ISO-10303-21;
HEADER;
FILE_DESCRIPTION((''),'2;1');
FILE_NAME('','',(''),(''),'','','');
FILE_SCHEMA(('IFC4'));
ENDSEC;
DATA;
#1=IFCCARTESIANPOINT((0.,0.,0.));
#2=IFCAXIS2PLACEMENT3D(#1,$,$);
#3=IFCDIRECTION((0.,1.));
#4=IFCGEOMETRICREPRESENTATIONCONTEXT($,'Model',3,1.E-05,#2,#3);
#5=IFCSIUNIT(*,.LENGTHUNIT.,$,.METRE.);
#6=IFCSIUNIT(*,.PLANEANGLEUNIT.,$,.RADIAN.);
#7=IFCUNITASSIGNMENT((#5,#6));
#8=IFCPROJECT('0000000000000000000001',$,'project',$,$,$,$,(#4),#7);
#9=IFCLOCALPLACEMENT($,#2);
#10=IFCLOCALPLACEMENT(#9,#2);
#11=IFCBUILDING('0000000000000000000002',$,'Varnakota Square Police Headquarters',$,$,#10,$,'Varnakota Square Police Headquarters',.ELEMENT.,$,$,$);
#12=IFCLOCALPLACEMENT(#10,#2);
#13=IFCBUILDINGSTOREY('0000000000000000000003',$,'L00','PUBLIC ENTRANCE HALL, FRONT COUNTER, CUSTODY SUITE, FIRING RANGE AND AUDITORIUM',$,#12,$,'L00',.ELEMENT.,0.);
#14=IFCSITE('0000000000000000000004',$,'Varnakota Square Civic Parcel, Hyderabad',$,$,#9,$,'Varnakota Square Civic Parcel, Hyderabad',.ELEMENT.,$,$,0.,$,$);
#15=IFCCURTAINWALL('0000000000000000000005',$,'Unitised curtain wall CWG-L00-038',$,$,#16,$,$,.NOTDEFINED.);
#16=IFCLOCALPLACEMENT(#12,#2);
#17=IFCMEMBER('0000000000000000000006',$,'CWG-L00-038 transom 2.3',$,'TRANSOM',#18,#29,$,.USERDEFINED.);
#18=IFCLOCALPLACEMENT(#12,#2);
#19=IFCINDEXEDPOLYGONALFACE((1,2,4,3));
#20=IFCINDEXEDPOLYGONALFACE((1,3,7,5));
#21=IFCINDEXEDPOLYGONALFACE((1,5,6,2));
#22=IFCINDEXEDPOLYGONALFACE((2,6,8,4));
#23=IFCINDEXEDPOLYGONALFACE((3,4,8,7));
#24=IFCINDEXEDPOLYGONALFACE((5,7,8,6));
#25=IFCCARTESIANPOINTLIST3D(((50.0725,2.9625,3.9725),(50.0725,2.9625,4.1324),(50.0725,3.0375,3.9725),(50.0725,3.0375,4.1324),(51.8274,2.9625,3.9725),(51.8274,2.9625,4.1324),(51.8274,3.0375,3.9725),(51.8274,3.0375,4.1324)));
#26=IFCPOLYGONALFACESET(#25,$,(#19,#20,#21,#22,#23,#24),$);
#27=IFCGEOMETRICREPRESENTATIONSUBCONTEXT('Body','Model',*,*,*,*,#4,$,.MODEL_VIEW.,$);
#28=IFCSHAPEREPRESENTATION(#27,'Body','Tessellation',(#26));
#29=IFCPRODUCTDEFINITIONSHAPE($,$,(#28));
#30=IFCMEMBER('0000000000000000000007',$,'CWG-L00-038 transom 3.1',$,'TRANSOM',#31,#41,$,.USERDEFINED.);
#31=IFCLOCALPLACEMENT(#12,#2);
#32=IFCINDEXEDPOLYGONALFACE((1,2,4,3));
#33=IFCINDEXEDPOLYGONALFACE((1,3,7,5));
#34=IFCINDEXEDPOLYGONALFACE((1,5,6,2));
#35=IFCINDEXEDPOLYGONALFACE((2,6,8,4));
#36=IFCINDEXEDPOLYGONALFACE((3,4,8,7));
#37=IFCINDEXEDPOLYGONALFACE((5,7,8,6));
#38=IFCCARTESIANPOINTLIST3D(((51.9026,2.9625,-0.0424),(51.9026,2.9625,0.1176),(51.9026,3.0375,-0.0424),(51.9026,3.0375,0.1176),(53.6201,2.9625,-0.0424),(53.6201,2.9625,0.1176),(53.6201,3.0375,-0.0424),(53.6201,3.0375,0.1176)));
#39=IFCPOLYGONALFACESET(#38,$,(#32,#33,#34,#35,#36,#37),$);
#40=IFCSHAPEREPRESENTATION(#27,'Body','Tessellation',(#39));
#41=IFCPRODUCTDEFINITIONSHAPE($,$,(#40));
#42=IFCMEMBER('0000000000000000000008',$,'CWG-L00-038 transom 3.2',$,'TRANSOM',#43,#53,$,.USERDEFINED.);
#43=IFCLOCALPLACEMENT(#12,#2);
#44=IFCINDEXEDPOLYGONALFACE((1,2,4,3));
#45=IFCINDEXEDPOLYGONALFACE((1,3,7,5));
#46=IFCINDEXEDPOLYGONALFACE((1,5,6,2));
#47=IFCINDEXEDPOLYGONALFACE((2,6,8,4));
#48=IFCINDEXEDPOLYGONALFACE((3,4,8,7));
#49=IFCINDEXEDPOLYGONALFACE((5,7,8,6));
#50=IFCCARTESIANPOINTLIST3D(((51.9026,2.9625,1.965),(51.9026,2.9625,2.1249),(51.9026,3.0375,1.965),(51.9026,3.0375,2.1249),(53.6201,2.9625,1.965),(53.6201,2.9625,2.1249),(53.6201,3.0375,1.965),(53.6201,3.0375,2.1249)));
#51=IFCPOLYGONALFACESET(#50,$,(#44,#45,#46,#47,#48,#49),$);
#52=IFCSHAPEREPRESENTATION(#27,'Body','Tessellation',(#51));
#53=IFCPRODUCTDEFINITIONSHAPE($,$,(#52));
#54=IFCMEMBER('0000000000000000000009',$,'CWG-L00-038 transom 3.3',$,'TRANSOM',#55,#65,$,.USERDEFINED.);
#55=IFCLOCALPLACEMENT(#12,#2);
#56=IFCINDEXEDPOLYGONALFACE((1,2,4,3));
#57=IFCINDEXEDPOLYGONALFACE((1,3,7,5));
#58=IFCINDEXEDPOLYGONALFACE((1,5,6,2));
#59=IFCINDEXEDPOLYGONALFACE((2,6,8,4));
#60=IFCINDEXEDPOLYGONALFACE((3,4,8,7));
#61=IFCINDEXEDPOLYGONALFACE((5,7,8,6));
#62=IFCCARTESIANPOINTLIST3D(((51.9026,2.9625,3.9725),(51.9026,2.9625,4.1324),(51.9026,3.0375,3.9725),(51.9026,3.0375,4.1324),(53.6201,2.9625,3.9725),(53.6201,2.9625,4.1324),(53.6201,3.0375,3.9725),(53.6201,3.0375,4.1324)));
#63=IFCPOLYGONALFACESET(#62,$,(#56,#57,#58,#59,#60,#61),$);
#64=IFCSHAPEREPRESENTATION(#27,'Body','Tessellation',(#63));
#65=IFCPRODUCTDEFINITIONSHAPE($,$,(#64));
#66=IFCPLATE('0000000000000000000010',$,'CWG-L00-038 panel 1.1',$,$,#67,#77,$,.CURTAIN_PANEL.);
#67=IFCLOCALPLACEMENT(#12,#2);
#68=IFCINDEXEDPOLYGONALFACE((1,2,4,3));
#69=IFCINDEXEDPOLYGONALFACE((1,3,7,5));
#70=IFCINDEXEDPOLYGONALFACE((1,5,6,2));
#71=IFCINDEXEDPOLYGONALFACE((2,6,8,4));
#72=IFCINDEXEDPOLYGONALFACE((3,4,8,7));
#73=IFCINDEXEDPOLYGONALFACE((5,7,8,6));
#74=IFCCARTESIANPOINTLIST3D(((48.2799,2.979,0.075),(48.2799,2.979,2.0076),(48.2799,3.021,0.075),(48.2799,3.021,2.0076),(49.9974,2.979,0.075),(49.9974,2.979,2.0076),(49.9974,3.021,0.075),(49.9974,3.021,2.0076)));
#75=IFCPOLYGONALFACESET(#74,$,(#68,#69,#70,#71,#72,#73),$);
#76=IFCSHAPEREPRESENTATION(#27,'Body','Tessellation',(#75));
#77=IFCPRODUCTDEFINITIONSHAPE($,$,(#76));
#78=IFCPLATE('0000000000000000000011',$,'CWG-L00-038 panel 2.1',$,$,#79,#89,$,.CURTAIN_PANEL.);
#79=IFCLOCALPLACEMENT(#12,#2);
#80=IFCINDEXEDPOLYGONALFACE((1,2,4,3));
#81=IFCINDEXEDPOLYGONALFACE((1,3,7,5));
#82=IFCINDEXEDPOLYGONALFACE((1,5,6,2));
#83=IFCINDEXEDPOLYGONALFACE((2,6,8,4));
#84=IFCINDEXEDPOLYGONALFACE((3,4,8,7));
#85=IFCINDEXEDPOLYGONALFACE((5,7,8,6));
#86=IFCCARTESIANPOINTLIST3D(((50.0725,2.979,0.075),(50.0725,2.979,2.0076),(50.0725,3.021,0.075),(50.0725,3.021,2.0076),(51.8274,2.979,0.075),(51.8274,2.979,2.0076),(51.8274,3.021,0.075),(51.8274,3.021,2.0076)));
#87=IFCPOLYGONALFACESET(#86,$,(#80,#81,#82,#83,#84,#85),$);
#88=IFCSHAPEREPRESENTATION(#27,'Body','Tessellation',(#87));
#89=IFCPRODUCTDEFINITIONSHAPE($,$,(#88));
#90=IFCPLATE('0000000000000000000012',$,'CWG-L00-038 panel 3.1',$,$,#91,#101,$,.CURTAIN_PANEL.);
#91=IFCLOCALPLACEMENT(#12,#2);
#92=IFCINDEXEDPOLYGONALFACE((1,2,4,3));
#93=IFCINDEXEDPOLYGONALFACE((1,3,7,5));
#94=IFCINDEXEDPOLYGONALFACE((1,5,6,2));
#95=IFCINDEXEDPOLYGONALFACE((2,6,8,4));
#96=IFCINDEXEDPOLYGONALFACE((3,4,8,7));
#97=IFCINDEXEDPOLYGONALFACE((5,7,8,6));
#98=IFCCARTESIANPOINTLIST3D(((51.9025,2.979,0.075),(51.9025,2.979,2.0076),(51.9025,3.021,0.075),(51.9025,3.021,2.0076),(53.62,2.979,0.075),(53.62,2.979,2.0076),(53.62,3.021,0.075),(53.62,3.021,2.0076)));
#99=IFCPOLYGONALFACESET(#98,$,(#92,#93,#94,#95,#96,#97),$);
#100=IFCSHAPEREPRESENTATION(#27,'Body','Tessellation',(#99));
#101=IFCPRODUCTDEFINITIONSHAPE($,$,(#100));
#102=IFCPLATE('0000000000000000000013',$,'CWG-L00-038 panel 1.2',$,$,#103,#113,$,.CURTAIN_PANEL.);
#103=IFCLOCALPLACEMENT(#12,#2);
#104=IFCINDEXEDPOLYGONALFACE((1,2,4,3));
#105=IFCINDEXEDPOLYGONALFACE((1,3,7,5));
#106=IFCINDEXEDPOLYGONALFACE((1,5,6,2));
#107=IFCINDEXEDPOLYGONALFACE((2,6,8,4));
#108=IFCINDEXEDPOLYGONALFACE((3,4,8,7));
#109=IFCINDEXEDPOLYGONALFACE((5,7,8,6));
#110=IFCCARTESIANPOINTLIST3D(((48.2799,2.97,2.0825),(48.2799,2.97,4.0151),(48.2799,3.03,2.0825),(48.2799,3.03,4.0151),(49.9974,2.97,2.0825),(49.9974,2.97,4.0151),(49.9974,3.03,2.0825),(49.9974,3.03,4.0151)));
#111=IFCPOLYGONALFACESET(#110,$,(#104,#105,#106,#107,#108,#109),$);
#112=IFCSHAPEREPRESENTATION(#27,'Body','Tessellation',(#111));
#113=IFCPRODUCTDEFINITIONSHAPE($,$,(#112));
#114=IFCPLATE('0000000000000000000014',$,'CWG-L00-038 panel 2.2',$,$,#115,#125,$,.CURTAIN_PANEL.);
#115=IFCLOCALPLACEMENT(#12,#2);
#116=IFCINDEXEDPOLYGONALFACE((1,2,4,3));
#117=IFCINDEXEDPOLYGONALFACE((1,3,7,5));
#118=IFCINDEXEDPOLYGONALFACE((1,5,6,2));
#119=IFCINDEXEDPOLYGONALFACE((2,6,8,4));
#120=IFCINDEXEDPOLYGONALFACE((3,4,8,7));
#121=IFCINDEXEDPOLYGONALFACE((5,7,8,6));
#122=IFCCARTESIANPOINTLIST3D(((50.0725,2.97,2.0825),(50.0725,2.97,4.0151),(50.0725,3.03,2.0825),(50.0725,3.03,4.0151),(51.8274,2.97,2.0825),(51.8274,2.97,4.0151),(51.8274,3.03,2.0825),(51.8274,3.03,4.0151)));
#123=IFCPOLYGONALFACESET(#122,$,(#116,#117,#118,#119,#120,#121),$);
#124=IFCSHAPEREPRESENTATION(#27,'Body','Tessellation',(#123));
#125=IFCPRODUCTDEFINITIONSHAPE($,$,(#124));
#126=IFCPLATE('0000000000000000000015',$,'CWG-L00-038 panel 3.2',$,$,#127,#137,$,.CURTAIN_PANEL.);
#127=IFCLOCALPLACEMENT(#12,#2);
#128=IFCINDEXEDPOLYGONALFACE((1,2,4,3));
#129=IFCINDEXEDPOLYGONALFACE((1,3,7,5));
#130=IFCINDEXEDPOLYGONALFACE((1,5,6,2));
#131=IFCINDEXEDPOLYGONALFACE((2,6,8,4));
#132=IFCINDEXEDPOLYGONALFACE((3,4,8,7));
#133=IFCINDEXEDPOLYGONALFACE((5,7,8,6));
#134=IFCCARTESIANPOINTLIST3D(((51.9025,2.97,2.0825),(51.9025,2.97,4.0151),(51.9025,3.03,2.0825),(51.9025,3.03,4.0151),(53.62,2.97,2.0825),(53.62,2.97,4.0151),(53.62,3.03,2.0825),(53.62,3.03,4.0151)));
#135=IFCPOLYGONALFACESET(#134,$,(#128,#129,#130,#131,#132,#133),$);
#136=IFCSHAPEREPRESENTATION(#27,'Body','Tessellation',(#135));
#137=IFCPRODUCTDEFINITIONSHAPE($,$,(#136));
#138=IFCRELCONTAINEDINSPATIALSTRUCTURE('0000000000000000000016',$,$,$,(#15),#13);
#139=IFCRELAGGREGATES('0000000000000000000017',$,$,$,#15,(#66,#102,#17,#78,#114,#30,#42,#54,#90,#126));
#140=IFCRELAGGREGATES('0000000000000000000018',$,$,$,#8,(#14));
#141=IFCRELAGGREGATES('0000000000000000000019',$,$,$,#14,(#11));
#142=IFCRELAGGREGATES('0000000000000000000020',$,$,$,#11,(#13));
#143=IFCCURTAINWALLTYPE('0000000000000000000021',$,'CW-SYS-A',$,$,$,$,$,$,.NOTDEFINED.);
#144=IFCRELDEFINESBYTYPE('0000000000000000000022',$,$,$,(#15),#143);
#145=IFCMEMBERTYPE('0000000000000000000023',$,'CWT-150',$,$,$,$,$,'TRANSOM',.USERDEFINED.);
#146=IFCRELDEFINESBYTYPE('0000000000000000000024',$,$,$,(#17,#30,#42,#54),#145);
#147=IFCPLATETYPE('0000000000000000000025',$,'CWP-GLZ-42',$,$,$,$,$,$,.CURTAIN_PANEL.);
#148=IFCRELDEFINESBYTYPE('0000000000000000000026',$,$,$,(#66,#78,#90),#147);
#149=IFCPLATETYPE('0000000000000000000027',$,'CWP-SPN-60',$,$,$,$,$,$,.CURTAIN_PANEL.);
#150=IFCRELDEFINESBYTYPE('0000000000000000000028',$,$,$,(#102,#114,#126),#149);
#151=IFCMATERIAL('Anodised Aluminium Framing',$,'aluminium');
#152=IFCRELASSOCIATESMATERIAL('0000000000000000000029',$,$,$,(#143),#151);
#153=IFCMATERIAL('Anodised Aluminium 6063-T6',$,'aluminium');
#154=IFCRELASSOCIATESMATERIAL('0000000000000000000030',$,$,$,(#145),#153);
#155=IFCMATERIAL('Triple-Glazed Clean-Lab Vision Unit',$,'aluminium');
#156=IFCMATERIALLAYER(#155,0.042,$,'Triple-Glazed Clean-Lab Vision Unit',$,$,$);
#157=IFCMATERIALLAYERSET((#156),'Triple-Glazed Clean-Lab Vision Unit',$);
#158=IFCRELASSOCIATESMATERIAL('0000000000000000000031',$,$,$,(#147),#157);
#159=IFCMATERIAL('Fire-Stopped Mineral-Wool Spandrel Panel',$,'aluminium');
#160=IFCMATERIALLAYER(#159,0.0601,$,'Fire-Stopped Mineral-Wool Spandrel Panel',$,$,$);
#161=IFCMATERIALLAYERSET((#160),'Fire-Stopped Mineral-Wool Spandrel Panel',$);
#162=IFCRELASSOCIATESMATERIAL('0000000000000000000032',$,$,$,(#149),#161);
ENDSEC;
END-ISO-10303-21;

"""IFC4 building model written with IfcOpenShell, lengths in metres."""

from ifc_helpers import new_model, si_unit, direction, frame, origin, origin_2d, place, context, subcontext, project, spatial, rectangle, extrude, material, layer, layer_set, material_profile, profile_set, type_object, element, aggregate, save


model = new_model("IFC4")

# Units and contexts
model_context = context("Model", 3, precision=1e-05, world=origin(), true_north=direction((0.0, 1.0)))
body_context = subcontext(model_context, "Body", "Model", "MODEL_VIEW")
ifc_project = project(units=[si_unit("LENGTHUNIT", "METRE"), si_unit("PLANEANGLEUNIT", "RADIAN")], contexts=[model_context])

# Site, building, storey
site_placement = place(None, origin())
site = spatial("IfcSite", under=ifc_project, at=site_placement, Name="Varnakota Square Civic Parcel, Hyderabad", LongName="Varnakota Square Civic Parcel, Hyderabad", CompositionType="ELEMENT", RefElevation=0.0)
building_placement = place(site_placement, origin())
building = spatial("IfcBuilding", under=site, at=building_placement, Name="Varnakota Square Police Headquarters", LongName="Varnakota Square Police Headquarters", CompositionType="ELEMENT")
storey_placement = place(building_placement, origin())
storey = spatial("IfcBuildingStorey", under=building, at=storey_placement, Name="L00", Description="PUBLIC ENTRANCE HALL, FRONT COUNTER, CUSTODY SUITE, FIRING RANGE AND AUDITORIUM", LongName="L00", CompositionType="ELEMENT", Elevation=0.0)

# Curtain wall, members, plates
ifc_material_1 = material(Name="Anodised Aluminium Framing", Category="aluminium")
curtain_wall_type = type_object("IfcCurtainWallType", Name="CW-SYS-A", PredefinedType="NOTDEFINED", material=ifc_material_1)
curtain_wall_placement = place(storey_placement, origin())
curtain_wall = element("IfcCurtainWall", 1, at=curtain_wall_placement, inside=storey, type_object=curtain_wall_type, Name="Unitised curtain wall CWG-L00-038", PredefinedType="NOTDEFINED")
ifc_material_2 = material(Name="Anodised Aluminium 6063-T6", Category="aluminium")
ifc_material_profile_1 = material_profile(ifc_material_2, rectangle(XDim=0.075, YDim=0.1599, at=origin_2d()), Name="ALU TRANSOM 75x160")
ifc_profile_set_1 = profile_set([ifc_material_profile_1], Name="Anodised Aluminium 6063-T6")
member_type_1 = type_object("IfcMemberType", Name="CWT-150", ElementType="TRANSOM", PredefinedType="USERDEFINED", material=ifc_profile_set_1)
member_1_placement = place(storey_placement, frame((50.0725, 3.0, 4.0525), z_axis=(1.0, 0.0, 0.0), x_axis=(0.0, 1.0, 0.0)))
member_1 = element("IfcMember", 2, at=member_1_placement, type_object=member_type_1, Name="CWG-L00-038 transom 2.3", ObjectType="TRANSOM", PredefinedType="USERDEFINED", context=body_context, shape_type="SweptSolid", body=[
    extrude(rectangle(XDim=0.075, YDim=0.1599, at=origin_2d()), origin(), (0.0, 0.0, 1.0), 1.7549),
])
member_2_placement = place(storey_placement, frame((51.9026, 3.0, 0.0376), z_axis=(1.0, 0.0, 0.0), x_axis=(0.0, 1.0, 0.0)))
member_2 = element("IfcMember", 3, at=member_2_placement, type_object=member_type_1, Name="CWG-L00-038 transom 3.1", ObjectType="TRANSOM", PredefinedType="USERDEFINED", context=body_context, shape_type="SweptSolid", body=[
    extrude(rectangle(XDim=0.075, YDim=0.1599, at=origin_2d()), origin(), (0.0, 0.0, 1.0), 1.7175),
])
member_3_placement = place(storey_placement, frame((51.9026, 3.0, 2.0449), z_axis=(1.0, 0.0, 0.0), x_axis=(0.0, 1.0, 0.0)))
member_3 = element("IfcMember", 4, at=member_3_placement, type_object=member_type_1, Name="CWG-L00-038 transom 3.2", ObjectType="TRANSOM", PredefinedType="USERDEFINED", context=body_context, shape_type="SweptSolid", body=[
    extrude(rectangle(XDim=0.075, YDim=0.1599, at=origin_2d()), origin(), (0.0, 0.0, 1.0), 1.7175),
])
member_4_placement = place(storey_placement, frame((51.9026, 3.0, 4.0525), z_axis=(1.0, 0.0, 0.0), x_axis=(0.0, 1.0, 0.0)))
member_4 = element("IfcMember", 5, at=member_4_placement, type_object=member_type_1, Name="CWG-L00-038 transom 3.3", ObjectType="TRANSOM", PredefinedType="USERDEFINED", context=body_context, shape_type="SweptSolid", body=[
    extrude(rectangle(XDim=0.075, YDim=0.1599, at=origin_2d()), origin(), (0.0, 0.0, 1.0), 1.7175),
])
ifc_material_3 = material(Name="Triple-Glazed Clean-Lab Vision Unit", Category="aluminium")
ifc_layer_1 = layer(ifc_material_3, 0.042, Name="Triple-Glazed Clean-Lab Vision Unit")
ifc_layer_set_1 = layer_set([ifc_layer_1], Name="Triple-Glazed Clean-Lab Vision Unit")
plate_type_1 = type_object("IfcPlateType", Name="CWP-GLZ-42", PredefinedType="CURTAIN_PANEL", material=ifc_layer_set_1)
plate_1_placement = place(storey_placement, frame((49.1387, 3.0, 0.075), z_axis=(0.0, 0.0, 1.0), x_axis=(1.0, 0.0, 0.0)))
plate_1 = element("IfcPlate", 6, at=plate_1_placement, type_object=plate_type_1, Name="CWG-L00-038 panel 1.1", PredefinedType="CURTAIN_PANEL", context=body_context, shape_type="SweptSolid", body=[
    extrude(rectangle(XDim=1.7175, YDim=0.042, at=origin_2d()), origin(), (0.0, 0.0, 1.0), 1.9326),
])
plate_2_placement = place(storey_placement, frame((50.95, 3.0, 0.075), z_axis=(0.0, 0.0, 1.0), x_axis=(1.0, 0.0, 0.0)))
plate_2 = element("IfcPlate", 7, at=plate_2_placement, type_object=plate_type_1, Name="CWG-L00-038 panel 2.1", PredefinedType="CURTAIN_PANEL", context=body_context, shape_type="SweptSolid", body=[
    extrude(rectangle(XDim=1.7549, YDim=0.042, at=origin_2d()), origin(), (0.0, 0.0, 1.0), 1.9326),
])
plate_3_placement = place(storey_placement, frame((52.7612, 3.0, 0.075), z_axis=(0.0, 0.0, 1.0), x_axis=(1.0, 0.0, 0.0)))
plate_3 = element("IfcPlate", 8, at=plate_3_placement, type_object=plate_type_1, Name="CWG-L00-038 panel 3.1", PredefinedType="CURTAIN_PANEL", context=body_context, shape_type="SweptSolid", body=[
    extrude(rectangle(XDim=1.7175, YDim=0.042, at=origin_2d()), origin(), (0.0, 0.0, 1.0), 1.9326),
])
ifc_material_4 = material(Name="Fire-Stopped Mineral-Wool Spandrel Panel", Category="aluminium")
ifc_layer_2 = layer(ifc_material_4, 0.0601, Name="Fire-Stopped Mineral-Wool Spandrel Panel")
ifc_layer_set_2 = layer_set([ifc_layer_2], Name="Fire-Stopped Mineral-Wool Spandrel Panel")
plate_type_2 = type_object("IfcPlateType", Name="CWP-SPN-60", PredefinedType="CURTAIN_PANEL", material=ifc_layer_set_2)
plate_4_placement = place(storey_placement, frame((49.1387, 3.0, 2.0825), z_axis=(0.0, 0.0, 1.0), x_axis=(1.0, 0.0, 0.0)))
plate_4 = element("IfcPlate", 9, at=plate_4_placement, type_object=plate_type_2, Name="CWG-L00-038 panel 1.2", PredefinedType="CURTAIN_PANEL", context=body_context, shape_type="SweptSolid", body=[
    extrude(rectangle(XDim=1.7175, YDim=0.0601, at=origin_2d()), origin(), (0.0, 0.0, 1.0), 1.9326),
])
plate_5_placement = place(storey_placement, frame((50.95, 3.0, 2.0825), z_axis=(0.0, 0.0, 1.0), x_axis=(1.0, 0.0, 0.0)))
plate_5 = element("IfcPlate", 10, at=plate_5_placement, type_object=plate_type_2, Name="CWG-L00-038 panel 2.2", PredefinedType="CURTAIN_PANEL", context=body_context, shape_type="SweptSolid", body=[
    extrude(rectangle(XDim=1.7549, YDim=0.0601, at=origin_2d()), origin(), (0.0, 0.0, 1.0), 1.9326),
])
plate_6_placement = place(storey_placement, frame((52.7612, 3.0, 2.0825), z_axis=(0.0, 0.0, 1.0), x_axis=(1.0, 0.0, 0.0)))
plate_6 = element("IfcPlate", 11, at=plate_6_placement, type_object=plate_type_2, Name="CWG-L00-038 panel 3.2", PredefinedType="CURTAIN_PANEL", context=body_context, shape_type="SweptSolid", body=[
    extrude(rectangle(XDim=1.7175, YDim=0.0601, at=origin_2d()), origin(), (0.0, 0.0, 1.0), 1.9326),
])
aggregate(curtain_wall, [plate_1, plate_4, member_1, plate_2, plate_5, member_2, member_3, member_4, plate_3, plate_6])

save(model, "model.ifc")
